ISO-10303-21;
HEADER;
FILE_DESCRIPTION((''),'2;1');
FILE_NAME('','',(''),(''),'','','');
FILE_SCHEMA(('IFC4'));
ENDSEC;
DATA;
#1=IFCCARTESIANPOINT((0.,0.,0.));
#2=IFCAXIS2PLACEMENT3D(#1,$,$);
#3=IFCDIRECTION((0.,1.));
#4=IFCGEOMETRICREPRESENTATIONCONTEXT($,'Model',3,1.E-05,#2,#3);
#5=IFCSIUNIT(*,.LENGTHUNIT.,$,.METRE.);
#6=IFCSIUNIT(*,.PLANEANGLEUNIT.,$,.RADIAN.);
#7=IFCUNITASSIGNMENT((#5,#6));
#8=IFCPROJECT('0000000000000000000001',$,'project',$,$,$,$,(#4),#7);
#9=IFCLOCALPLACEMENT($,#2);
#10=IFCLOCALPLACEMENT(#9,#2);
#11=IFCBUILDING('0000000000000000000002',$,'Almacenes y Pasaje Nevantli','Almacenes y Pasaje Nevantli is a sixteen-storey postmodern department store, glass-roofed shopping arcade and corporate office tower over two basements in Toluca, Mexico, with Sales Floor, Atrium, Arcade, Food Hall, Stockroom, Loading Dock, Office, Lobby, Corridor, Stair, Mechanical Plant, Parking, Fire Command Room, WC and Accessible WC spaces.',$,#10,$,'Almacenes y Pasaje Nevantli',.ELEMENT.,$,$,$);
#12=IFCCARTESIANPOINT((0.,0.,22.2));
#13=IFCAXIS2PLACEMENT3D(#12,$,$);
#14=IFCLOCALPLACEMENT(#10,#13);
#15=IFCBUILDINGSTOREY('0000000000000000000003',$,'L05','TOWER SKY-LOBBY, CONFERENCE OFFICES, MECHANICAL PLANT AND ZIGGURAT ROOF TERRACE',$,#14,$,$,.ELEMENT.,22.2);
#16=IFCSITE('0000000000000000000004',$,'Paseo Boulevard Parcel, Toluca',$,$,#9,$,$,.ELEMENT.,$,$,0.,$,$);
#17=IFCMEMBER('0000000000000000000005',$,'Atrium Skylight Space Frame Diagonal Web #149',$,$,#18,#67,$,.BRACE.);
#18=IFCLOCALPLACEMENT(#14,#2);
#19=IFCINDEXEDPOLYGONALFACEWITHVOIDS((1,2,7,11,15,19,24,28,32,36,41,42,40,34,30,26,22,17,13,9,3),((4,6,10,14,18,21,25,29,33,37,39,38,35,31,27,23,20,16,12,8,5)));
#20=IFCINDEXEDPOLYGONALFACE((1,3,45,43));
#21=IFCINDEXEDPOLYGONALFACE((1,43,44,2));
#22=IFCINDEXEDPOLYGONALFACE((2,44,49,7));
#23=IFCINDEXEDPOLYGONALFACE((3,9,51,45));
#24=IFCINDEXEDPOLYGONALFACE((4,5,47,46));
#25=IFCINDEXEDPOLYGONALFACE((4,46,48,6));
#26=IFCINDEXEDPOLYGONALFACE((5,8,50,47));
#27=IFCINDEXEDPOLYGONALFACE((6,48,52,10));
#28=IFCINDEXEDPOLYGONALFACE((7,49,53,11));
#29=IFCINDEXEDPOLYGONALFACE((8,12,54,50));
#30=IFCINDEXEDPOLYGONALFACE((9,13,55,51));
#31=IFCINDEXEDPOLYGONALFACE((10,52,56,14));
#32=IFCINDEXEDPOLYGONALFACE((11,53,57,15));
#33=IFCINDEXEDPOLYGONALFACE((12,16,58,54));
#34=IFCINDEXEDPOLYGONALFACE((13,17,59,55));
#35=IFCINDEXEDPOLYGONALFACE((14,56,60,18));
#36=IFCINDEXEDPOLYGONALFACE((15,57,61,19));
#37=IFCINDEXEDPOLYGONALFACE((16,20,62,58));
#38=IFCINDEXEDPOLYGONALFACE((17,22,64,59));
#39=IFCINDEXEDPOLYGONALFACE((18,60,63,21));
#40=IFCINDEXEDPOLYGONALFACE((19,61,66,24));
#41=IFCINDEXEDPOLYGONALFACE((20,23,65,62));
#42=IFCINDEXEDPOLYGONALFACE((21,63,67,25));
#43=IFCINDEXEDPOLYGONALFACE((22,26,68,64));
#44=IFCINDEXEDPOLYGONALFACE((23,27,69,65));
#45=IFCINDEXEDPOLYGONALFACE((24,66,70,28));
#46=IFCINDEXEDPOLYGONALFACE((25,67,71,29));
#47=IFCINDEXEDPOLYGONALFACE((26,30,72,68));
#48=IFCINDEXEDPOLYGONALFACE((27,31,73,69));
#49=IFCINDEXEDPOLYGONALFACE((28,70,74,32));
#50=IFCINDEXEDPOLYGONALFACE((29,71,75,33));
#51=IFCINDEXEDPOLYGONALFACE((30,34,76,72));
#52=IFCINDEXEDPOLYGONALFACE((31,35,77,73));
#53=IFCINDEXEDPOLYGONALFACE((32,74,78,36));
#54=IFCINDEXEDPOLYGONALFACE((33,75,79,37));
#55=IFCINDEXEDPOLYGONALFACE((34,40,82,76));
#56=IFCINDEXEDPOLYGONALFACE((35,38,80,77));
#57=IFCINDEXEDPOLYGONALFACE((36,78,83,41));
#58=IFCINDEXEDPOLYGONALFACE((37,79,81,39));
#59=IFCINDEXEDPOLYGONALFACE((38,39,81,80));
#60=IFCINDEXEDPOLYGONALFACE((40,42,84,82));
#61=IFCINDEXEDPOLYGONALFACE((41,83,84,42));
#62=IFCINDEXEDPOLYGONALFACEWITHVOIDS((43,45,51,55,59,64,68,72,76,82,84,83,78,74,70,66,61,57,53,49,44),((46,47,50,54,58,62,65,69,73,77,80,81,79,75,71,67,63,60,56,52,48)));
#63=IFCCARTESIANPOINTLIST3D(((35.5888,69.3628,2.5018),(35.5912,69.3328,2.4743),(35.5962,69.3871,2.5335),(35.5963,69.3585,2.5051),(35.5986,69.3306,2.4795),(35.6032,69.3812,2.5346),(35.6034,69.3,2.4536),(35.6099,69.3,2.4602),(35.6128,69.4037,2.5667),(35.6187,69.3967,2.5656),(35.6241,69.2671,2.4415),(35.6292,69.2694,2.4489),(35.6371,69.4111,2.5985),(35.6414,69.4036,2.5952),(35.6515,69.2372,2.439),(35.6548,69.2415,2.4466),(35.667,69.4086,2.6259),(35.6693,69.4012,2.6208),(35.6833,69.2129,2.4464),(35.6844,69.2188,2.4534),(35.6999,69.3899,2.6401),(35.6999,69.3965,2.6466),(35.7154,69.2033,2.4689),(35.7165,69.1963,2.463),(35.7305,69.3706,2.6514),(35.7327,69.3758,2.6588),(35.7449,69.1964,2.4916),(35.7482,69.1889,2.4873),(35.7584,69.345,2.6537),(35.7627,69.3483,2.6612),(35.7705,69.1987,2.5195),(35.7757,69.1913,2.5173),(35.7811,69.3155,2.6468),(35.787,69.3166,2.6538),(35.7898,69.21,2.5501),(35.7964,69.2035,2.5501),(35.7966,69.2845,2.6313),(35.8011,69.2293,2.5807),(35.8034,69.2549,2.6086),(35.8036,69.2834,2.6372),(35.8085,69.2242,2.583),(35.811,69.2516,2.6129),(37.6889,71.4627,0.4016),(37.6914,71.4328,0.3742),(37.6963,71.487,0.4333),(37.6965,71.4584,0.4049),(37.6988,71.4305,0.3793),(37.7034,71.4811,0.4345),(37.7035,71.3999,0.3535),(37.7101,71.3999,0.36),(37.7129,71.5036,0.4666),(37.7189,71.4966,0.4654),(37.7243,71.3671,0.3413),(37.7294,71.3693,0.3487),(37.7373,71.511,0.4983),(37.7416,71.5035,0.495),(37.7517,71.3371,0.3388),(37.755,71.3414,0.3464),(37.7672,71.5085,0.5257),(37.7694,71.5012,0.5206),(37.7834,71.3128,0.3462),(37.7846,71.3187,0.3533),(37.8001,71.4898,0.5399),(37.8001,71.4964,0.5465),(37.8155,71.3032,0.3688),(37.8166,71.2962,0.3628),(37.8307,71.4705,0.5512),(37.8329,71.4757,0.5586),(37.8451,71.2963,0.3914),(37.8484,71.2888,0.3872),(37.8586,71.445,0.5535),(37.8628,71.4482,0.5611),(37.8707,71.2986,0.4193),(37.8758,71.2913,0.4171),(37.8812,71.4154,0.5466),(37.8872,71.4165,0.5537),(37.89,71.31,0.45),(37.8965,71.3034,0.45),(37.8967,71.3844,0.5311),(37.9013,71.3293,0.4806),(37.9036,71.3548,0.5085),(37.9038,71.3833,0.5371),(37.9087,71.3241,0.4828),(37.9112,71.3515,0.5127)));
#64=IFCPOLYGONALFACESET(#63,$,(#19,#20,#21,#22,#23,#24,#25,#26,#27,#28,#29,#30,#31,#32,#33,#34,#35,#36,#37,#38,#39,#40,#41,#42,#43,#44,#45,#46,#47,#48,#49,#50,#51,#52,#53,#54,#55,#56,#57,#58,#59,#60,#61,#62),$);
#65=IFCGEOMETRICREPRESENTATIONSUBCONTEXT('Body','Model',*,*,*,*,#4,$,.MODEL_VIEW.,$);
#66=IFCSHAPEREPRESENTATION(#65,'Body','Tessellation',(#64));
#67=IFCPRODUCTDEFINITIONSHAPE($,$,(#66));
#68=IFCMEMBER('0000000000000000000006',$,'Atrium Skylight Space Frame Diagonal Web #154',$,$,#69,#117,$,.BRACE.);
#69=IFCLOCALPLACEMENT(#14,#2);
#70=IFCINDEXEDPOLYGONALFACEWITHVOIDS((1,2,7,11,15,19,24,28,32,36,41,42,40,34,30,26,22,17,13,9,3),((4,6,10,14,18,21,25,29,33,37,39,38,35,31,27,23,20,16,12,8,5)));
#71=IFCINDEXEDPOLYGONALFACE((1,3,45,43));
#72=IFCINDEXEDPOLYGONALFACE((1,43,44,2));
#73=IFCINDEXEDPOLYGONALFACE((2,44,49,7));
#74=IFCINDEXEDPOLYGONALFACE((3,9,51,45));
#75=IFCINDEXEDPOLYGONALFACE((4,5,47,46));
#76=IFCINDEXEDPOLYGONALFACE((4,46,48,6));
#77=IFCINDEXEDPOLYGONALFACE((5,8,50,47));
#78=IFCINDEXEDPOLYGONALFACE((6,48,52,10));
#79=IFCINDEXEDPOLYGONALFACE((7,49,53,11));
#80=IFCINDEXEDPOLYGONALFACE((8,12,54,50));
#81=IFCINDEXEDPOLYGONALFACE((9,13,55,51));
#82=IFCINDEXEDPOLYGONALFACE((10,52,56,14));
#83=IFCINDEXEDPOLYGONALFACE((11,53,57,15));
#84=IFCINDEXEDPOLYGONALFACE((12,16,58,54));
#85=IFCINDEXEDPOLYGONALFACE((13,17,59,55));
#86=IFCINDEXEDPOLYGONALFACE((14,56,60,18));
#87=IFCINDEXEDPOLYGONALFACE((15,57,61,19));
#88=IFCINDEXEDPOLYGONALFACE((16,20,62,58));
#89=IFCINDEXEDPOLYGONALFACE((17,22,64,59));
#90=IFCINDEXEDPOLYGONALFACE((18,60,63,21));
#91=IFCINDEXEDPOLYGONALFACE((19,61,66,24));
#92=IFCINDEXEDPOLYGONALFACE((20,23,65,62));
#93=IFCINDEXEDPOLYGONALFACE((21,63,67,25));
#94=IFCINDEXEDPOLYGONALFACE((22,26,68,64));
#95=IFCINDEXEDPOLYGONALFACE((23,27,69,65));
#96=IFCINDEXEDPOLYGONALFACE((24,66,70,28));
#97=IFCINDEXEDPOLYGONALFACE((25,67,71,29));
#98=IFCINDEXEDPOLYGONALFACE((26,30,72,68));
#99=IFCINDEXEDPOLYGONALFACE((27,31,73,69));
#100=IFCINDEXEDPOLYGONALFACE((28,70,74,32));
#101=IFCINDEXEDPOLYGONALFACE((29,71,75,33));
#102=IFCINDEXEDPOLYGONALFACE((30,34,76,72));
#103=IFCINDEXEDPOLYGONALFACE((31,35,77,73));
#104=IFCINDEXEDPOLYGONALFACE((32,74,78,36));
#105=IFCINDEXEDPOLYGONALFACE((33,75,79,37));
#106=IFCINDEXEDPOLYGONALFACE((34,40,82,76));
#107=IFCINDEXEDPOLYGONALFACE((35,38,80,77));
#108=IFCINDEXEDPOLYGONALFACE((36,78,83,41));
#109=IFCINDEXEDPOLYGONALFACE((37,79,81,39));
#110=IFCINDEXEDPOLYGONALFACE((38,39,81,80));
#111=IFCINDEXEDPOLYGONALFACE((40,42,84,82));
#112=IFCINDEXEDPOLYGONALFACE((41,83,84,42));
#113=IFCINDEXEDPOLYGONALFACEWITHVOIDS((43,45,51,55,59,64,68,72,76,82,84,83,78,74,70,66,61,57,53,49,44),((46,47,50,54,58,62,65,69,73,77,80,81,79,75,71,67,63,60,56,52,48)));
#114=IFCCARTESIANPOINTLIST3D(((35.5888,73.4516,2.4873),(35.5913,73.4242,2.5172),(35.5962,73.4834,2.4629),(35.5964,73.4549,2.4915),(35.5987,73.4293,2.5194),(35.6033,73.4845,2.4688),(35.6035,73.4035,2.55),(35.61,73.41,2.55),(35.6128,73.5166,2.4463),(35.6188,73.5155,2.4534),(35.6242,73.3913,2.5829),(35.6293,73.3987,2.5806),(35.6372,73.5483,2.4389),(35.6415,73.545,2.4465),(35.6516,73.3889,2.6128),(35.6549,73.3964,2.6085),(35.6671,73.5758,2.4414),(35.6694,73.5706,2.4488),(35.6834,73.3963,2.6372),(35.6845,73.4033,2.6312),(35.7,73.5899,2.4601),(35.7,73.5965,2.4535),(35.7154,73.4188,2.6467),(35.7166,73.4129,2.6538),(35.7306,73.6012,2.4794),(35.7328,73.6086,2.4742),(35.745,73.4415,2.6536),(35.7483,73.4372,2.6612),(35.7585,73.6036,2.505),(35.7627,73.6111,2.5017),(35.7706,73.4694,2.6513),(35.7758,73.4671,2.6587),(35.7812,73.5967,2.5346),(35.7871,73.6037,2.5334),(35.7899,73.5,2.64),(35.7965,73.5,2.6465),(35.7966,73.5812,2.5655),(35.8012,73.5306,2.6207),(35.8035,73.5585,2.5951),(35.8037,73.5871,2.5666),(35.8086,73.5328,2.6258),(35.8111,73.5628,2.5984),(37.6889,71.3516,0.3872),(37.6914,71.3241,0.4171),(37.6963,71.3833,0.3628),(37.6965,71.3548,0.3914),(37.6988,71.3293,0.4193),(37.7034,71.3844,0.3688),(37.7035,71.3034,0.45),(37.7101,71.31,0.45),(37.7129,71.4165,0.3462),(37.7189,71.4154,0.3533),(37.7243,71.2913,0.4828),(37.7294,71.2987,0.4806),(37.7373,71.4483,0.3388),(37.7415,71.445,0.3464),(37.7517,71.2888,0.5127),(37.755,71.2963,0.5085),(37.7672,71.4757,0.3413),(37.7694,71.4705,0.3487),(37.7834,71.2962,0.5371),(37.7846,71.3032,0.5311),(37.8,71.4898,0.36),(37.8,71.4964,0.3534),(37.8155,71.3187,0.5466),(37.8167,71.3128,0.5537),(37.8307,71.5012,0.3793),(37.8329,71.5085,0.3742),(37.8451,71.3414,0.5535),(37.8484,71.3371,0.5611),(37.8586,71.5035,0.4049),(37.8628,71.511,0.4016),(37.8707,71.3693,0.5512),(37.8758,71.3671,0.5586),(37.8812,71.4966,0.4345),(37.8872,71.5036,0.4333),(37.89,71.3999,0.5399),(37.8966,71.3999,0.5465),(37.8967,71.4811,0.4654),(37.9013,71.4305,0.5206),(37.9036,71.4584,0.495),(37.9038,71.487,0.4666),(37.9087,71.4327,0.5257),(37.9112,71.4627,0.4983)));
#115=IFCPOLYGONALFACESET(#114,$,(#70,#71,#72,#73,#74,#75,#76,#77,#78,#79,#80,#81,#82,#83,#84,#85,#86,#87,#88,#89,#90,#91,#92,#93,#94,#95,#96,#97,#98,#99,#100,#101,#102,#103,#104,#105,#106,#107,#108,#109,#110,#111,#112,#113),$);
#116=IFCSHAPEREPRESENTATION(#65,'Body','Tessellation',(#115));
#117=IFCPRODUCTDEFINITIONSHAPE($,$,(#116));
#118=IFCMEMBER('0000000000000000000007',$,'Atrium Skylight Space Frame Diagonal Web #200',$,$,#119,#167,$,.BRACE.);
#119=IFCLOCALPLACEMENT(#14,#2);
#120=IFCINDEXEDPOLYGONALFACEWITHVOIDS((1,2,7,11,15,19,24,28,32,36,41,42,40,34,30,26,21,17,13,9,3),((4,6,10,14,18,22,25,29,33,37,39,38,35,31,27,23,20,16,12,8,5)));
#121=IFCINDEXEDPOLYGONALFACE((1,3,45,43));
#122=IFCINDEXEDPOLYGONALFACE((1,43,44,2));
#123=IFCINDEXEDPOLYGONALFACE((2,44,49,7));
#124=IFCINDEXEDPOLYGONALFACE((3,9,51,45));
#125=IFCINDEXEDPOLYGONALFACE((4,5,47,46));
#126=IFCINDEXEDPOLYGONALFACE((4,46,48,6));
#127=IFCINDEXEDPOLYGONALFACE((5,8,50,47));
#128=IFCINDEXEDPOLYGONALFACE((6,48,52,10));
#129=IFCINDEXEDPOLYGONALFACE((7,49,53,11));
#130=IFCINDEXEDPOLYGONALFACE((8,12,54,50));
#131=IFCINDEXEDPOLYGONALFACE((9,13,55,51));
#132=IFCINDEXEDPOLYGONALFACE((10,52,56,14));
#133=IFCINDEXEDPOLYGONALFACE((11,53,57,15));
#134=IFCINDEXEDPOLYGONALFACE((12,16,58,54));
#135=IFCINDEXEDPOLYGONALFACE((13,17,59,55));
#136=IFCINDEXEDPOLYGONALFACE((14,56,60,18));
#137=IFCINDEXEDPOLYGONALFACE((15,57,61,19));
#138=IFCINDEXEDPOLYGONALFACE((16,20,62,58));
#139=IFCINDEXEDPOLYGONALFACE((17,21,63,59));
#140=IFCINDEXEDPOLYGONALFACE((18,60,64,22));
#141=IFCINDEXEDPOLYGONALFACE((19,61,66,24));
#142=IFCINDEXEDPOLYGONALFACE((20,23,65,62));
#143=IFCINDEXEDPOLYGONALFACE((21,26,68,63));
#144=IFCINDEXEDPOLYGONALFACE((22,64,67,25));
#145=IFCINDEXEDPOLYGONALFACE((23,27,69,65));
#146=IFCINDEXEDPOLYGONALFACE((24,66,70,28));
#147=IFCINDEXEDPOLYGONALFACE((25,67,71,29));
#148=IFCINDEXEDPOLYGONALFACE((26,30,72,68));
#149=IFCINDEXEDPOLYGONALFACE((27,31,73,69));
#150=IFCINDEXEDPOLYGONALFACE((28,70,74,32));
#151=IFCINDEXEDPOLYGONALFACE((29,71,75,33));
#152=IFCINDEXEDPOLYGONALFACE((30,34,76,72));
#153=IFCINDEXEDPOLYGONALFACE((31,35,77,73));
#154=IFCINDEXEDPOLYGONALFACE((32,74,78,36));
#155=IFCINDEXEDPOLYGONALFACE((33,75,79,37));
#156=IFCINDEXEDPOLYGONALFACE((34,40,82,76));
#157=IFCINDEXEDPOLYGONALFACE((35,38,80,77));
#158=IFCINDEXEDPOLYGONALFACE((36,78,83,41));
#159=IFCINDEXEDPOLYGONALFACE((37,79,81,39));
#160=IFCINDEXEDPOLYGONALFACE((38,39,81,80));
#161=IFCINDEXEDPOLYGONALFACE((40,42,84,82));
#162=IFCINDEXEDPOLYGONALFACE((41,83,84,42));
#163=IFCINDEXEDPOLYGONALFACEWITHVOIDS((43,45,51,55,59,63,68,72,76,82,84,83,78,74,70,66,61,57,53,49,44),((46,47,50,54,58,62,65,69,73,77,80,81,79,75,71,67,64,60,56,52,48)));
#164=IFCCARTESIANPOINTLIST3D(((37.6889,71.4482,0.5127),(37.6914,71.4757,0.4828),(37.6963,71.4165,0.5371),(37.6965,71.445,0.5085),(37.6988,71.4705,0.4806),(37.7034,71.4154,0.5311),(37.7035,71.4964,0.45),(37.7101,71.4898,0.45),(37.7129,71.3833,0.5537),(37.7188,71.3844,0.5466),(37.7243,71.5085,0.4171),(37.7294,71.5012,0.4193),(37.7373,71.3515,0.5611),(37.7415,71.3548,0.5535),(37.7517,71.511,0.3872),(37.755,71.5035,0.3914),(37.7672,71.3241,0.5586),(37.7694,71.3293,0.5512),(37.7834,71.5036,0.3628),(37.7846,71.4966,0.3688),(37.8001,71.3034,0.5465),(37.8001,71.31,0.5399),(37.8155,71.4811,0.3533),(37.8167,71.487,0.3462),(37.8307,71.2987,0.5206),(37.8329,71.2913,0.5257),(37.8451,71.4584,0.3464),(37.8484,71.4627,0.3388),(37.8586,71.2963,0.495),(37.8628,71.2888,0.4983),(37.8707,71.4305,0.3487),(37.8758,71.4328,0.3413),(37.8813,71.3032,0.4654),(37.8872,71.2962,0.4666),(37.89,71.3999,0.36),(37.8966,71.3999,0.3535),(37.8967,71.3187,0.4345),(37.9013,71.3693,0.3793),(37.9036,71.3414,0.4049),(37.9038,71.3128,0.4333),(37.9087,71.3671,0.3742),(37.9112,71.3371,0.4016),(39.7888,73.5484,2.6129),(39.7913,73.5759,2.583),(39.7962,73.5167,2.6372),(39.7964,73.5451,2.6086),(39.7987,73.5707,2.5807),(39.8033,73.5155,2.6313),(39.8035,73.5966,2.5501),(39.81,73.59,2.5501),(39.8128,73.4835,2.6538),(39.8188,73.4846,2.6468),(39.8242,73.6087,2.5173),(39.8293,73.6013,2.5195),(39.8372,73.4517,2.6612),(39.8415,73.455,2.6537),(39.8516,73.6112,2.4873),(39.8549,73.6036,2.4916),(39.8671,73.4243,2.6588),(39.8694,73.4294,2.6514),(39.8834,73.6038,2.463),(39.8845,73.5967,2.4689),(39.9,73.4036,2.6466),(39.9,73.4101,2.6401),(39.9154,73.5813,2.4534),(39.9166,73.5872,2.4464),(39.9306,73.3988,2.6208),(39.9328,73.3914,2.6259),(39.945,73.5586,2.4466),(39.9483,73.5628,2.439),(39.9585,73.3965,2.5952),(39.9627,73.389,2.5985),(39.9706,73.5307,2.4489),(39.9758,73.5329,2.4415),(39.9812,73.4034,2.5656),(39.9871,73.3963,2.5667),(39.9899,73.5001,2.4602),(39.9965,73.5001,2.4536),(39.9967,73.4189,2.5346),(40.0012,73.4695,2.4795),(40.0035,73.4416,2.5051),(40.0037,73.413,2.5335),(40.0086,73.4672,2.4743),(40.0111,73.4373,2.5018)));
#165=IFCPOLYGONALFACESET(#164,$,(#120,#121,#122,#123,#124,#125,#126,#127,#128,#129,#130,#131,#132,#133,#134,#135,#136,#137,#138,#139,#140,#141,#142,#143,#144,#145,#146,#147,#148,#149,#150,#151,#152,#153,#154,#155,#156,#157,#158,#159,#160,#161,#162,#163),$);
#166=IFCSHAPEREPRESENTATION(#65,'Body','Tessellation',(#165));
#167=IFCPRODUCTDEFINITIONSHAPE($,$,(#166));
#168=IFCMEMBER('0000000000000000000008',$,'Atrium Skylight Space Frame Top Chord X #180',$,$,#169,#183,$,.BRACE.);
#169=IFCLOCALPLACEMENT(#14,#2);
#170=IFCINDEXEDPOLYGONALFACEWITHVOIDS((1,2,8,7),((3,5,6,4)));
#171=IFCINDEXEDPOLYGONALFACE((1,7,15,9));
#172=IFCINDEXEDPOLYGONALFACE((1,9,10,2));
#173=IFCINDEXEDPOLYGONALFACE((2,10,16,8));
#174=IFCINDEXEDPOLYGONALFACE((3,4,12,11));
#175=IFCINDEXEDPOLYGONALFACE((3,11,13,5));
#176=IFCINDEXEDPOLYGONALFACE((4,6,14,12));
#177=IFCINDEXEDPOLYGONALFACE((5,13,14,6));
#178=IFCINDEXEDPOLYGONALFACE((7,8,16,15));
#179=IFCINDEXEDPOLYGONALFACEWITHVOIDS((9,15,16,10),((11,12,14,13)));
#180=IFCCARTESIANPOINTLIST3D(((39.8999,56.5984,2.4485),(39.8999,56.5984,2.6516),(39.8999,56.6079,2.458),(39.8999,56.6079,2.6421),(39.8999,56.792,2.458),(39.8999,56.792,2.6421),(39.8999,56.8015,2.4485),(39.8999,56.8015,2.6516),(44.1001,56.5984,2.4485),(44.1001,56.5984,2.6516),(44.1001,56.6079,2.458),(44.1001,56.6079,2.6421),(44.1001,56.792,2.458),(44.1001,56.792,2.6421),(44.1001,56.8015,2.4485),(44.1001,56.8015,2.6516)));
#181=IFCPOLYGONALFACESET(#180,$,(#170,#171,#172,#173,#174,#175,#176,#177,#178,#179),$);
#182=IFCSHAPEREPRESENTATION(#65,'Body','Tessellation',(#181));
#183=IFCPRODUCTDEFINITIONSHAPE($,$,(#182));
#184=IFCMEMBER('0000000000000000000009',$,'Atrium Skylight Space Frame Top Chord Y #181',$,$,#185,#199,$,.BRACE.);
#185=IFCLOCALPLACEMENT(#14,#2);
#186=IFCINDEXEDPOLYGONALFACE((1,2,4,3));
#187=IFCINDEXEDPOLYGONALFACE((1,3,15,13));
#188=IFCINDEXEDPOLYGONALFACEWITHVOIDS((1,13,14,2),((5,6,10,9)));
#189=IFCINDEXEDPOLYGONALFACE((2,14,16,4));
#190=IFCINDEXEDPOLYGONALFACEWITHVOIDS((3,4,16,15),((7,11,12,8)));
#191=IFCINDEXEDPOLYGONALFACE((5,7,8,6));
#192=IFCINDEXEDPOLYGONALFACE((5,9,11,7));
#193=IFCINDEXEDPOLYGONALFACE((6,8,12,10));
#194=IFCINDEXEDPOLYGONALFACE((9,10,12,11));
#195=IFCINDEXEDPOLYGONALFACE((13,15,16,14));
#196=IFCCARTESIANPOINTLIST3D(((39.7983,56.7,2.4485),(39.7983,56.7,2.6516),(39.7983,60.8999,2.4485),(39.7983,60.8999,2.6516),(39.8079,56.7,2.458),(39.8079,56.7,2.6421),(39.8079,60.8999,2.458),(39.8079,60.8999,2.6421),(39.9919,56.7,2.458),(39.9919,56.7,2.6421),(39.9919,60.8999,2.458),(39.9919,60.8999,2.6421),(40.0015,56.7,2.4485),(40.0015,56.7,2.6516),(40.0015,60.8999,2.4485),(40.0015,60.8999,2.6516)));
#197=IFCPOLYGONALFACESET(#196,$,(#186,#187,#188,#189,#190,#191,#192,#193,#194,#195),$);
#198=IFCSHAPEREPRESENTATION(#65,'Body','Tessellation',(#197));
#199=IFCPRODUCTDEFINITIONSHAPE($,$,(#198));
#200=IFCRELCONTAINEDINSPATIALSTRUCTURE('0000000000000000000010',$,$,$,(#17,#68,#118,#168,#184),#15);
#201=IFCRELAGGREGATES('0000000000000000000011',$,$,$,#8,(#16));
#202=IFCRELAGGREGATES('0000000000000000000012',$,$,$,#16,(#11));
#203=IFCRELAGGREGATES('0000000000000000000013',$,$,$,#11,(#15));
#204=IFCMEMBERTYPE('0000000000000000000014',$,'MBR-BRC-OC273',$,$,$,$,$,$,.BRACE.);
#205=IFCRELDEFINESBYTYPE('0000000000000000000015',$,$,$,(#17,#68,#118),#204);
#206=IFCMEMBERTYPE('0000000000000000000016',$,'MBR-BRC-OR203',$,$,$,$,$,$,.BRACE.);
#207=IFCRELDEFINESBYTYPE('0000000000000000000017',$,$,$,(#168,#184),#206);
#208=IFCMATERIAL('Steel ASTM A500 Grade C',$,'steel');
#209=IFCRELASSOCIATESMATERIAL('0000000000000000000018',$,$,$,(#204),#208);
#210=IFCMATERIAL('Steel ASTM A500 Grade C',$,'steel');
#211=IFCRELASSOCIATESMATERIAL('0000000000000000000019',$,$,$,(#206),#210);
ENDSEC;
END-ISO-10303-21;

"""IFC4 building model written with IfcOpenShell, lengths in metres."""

from ifc_helpers import new_model, si_unit, direction, frame, origin, origin_2d, place, context, subcontext, project, spatial, hollow_rectangle, hollow_circle, extrude, material, material_profile, profile_set, type_object, element, save


model = new_model("IFC4")

# Units and contexts
model_context = context("Model", 3, precision=1e-05, world=origin(), true_north=direction((0.0, 1.0)))
body_context = subcontext(model_context, "Body", "Model", "MODEL_VIEW")
ifc_project = project(units=[si_unit("LENGTHUNIT", "METRE"), si_unit("PLANEANGLEUNIT", "RADIAN")], contexts=[model_context])

# Site, building, storey
site_placement = place(None, origin())
site = spatial("IfcSite", under=ifc_project, at=site_placement, Name="Paseo Boulevard Parcel, Toluca", CompositionType="ELEMENT", RefElevation=0.0)
building_placement = place(site_placement, origin())
building = spatial("IfcBuilding", under=site, at=building_placement, Name="Almacenes y Pasaje Nevantli", Description="Almacenes y Pasaje Nevantli is a sixteen-storey postmodern department store, glass-roofed shopping arcade and corporate office tower over two basements in Toluca, Mexico, with Sales Floor, Atrium, Arcade, Food Hall, Stockroom, Loading Dock, Office, Lobby, Corridor, Stair, Mechanical Plant, Parking, Fire Command Room, WC and Accessible WC spaces.", LongName="Almacenes y Pasaje Nevantli", CompositionType="ELEMENT")
storey_placement = place(building_placement, frame((0.0, 0.0, 22.2)))
storey = spatial("IfcBuildingStorey", under=building, at=storey_placement, Name="L05", Description="TOWER SKY-LOBBY, CONFERENCE OFFICES, MECHANICAL PLANT AND ZIGGURAT ROOF TERRACE", CompositionType="ELEMENT", Elevation=22.2)

# Members
ifc_material_1 = material(Name="Steel ASTM A500 Grade C", Category="steel")
ifc_material_profile_1 = material_profile(ifc_material_1, hollow_circle(Radius=0.1365, WallThickness=0.0093, at=origin_2d()), Name="OC 273x9.3")
ifc_profile_set_1 = profile_set([ifc_material_profile_1], Name="Steel ASTM A500 Grade C")
member_type_1 = type_object("IfcMemberType", Name="MBR-BRC-OC273", PredefinedType="BRACE", material=ifc_profile_set_1)
for number, where, z_axis, x_axis, name in (
    (1, (37.8, 71.3999, 0.45), (-0.577373, -0.577306, 0.577373), (0.707066, -0.707148, 0.0), "Atrium Skylight Space Frame Diagonal Web #149"),
    (2, (37.8, 71.3999, 0.45), (-0.57735, 0.57735, 0.57735), (-0.707107, -0.707107, 0.0), "Atrium Skylight Space Frame Diagonal Web #154"),
    (3, (37.8, 71.3999, 0.45), (0.577306, 0.577373, 0.577373), (-0.707148, 0.707066, 0.0), "Atrium Skylight Space Frame Diagonal Web #200"),
):
    element("IfcMember", number, at=place(storey_placement, frame(where, z_axis=z_axis, x_axis=x_axis)), inside=storey, type_object=member_type_1, Name=name, PredefinedType="BRACE", context=body_context, shape_type="SweptSolid", body=[
        extrude(hollow_circle(Radius=0.1365, WallThickness=0.0093, at=origin_2d()), origin(), (0.0, 0.0, 1.0), 3.6375),
    ])
ifc_material_2 = material(Name="Steel ASTM A500 Grade C", Category="steel")
ifc_material_profile_2 = material_profile(ifc_material_2, hollow_rectangle(XDim=0.2031, YDim=0.2031, WallThickness=0.0095, at=origin_2d()), Name="OR 203x203x9.5")
ifc_profile_set_2 = profile_set([ifc_material_profile_2], Name="Steel ASTM A500 Grade C")
member_type_2 = type_object("IfcMemberType", Name="MBR-BRC-OR203", PredefinedType="BRACE", material=ifc_profile_set_2)
member_1_placement = place(storey_placement, frame((39.8999, 56.7, 2.55), z_axis=(1.0, 0.0, 0.0), x_axis=(0.0, 1.0, 0.0)))
element("IfcMember", 4, at=member_1_placement, inside=storey, type_object=member_type_2, Name="Atrium Skylight Space Frame Top Chord X #180", PredefinedType="BRACE", context=body_context, shape_type="SweptSolid", body=[
    extrude(hollow_rectangle(XDim=0.2031, YDim=0.2031, WallThickness=0.0095, at=origin_2d()), origin(), (0.0, 0.0, 1.0), 4.2002),
])
member_2_placement = place(storey_placement, frame((39.8999, 56.7, 2.55), z_axis=(0.0, 1.0, 0.0), x_axis=(-1.0, 0.0, 0.0)))
element("IfcMember", 5, at=member_2_placement, inside=storey, type_object=member_type_2, Name="Atrium Skylight Space Frame Top Chord Y #181", PredefinedType="BRACE", context=body_context, shape_type="SweptSolid", body=[
    extrude(hollow_rectangle(XDim=0.2031, YDim=0.2031, WallThickness=0.0095, at=origin_2d()), origin(), (0.0, 0.0, 1.0), 4.2),
])

save(model, "model.ifc")
